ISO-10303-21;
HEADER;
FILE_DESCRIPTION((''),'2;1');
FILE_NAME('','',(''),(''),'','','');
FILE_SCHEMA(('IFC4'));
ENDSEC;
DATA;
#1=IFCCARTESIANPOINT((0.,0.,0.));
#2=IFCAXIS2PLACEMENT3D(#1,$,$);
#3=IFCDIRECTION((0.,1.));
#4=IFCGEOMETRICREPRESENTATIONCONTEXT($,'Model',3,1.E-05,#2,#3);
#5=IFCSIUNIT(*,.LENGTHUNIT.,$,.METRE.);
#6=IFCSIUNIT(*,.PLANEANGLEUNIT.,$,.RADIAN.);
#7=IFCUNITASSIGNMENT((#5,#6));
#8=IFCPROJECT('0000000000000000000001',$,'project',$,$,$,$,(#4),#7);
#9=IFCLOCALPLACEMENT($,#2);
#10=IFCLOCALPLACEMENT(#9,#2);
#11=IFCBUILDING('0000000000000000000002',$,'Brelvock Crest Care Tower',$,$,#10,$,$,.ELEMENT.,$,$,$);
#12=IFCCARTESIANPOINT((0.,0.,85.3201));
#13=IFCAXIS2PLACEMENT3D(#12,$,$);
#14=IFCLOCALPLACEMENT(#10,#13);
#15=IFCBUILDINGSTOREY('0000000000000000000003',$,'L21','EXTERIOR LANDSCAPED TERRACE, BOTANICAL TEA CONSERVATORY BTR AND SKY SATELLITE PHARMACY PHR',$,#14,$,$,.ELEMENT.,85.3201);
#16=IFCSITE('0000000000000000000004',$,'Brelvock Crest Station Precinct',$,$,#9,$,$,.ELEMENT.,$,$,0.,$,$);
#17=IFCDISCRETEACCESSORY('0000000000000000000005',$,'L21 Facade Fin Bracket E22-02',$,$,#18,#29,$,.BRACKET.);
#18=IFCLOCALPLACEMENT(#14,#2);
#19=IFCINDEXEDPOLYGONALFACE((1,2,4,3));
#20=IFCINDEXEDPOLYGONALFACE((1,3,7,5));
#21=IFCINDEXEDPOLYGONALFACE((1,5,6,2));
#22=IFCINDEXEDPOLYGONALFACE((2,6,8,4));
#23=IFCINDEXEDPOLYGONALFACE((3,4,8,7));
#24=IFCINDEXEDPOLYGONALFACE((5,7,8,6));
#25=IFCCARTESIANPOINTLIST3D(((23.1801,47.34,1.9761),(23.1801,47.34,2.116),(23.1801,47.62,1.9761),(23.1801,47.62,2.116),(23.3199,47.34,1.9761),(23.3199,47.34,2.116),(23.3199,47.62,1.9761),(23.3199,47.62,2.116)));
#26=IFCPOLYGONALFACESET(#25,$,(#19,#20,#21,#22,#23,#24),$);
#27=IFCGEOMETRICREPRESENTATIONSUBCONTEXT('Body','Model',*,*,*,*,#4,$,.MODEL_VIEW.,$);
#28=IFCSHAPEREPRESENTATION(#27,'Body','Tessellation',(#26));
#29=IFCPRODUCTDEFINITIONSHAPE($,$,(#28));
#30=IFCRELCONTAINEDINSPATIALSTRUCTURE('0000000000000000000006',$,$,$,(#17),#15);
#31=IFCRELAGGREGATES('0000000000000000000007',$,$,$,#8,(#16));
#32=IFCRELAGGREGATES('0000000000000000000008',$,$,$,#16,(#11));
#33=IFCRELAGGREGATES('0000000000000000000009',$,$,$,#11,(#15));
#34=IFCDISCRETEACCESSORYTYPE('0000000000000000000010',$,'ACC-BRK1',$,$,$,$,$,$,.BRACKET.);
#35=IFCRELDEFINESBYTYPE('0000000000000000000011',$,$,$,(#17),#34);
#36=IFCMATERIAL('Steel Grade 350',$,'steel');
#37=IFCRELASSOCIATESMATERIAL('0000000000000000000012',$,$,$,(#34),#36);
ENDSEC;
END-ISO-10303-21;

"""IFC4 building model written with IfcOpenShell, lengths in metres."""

from ifc_helpers import new_model, si_unit, direction, frame, origin, origin_2d, place, context, subcontext, project, spatial, rectangle, extrude, source, transform, mapped, material, type_object, element, save


model = new_model("IFC4")

# Units and contexts
model_context = context("Model", 3, precision=1e-05, world=origin(), true_north=direction((0.0, 1.0)))
body_context = subcontext(model_context, "Body", "Model", "MODEL_VIEW")
ifc_project = project(units=[si_unit("LENGTHUNIT", "METRE"), si_unit("PLANEANGLEUNIT", "RADIAN")], contexts=[model_context])

# Site, building, storey
site_placement = place(None, origin())
site = spatial("IfcSite", under=ifc_project, at=site_placement, Name="Brelvock Crest Station Precinct", CompositionType="ELEMENT", RefElevation=0.0)
building_placement = place(site_placement, origin())
building = spatial("IfcBuilding", under=site, at=building_placement, Name="Brelvock Crest Care Tower", CompositionType="ELEMENT")
storey_placement = place(building_placement, frame((0.0, 0.0, 85.3201)))
storey = spatial("IfcBuildingStorey", under=building, at=storey_placement, Name="L21", Description="EXTERIOR LANDSCAPED TERRACE, BOTANICAL TEA CONSERVATORY BTR AND SKY SATELLITE PHARMACY PHR", CompositionType="ELEMENT", Elevation=85.3201)

# Shared definitions
ifc_material_1 = material(Name="Steel Grade 350", Category="steel")

# Discrete accessory
discrete_accessory_type = type_object("IfcDiscreteAccessoryType", Name="ACC-BRK1", PredefinedType="BRACKET", material=ifc_material_1)
shared_shape_1 = source(origin(), body_context, "Body", "SweptSolid", [
    extrude(rectangle(XDim=0.28, YDim=0.1399, at=origin_2d()), origin(), (0.0, 0.0, 1.0), 0.1399),
])
for number, where, z_axis, x_axis, name in (
    (1, (23.25, 47.48, 1.9761), (0.0, 0.0, 1.0), (0.0, 1.0, 0.0), "L21 Facade Fin Bracket E22-02"),
):
    element("IfcDiscreteAccessory", number, at=place(storey_placement, frame(where, z_axis=z_axis, x_axis=x_axis)), inside=storey, type_object=discrete_accessory_type, Name=name, PredefinedType="BRACKET", context=body_context, shape_type="MappedRepresentation", body=[
        mapped(shared_shape_1, transform((0.0, 0.0, 0.0), x_axis=(1.0, 0.0, 0.0), y_axis=(0.0, 1.0, 0.0), z_axis=(0.0, 0.0, 1.0), scale=1.0)),
    ])

save(model, "model.ifc")
